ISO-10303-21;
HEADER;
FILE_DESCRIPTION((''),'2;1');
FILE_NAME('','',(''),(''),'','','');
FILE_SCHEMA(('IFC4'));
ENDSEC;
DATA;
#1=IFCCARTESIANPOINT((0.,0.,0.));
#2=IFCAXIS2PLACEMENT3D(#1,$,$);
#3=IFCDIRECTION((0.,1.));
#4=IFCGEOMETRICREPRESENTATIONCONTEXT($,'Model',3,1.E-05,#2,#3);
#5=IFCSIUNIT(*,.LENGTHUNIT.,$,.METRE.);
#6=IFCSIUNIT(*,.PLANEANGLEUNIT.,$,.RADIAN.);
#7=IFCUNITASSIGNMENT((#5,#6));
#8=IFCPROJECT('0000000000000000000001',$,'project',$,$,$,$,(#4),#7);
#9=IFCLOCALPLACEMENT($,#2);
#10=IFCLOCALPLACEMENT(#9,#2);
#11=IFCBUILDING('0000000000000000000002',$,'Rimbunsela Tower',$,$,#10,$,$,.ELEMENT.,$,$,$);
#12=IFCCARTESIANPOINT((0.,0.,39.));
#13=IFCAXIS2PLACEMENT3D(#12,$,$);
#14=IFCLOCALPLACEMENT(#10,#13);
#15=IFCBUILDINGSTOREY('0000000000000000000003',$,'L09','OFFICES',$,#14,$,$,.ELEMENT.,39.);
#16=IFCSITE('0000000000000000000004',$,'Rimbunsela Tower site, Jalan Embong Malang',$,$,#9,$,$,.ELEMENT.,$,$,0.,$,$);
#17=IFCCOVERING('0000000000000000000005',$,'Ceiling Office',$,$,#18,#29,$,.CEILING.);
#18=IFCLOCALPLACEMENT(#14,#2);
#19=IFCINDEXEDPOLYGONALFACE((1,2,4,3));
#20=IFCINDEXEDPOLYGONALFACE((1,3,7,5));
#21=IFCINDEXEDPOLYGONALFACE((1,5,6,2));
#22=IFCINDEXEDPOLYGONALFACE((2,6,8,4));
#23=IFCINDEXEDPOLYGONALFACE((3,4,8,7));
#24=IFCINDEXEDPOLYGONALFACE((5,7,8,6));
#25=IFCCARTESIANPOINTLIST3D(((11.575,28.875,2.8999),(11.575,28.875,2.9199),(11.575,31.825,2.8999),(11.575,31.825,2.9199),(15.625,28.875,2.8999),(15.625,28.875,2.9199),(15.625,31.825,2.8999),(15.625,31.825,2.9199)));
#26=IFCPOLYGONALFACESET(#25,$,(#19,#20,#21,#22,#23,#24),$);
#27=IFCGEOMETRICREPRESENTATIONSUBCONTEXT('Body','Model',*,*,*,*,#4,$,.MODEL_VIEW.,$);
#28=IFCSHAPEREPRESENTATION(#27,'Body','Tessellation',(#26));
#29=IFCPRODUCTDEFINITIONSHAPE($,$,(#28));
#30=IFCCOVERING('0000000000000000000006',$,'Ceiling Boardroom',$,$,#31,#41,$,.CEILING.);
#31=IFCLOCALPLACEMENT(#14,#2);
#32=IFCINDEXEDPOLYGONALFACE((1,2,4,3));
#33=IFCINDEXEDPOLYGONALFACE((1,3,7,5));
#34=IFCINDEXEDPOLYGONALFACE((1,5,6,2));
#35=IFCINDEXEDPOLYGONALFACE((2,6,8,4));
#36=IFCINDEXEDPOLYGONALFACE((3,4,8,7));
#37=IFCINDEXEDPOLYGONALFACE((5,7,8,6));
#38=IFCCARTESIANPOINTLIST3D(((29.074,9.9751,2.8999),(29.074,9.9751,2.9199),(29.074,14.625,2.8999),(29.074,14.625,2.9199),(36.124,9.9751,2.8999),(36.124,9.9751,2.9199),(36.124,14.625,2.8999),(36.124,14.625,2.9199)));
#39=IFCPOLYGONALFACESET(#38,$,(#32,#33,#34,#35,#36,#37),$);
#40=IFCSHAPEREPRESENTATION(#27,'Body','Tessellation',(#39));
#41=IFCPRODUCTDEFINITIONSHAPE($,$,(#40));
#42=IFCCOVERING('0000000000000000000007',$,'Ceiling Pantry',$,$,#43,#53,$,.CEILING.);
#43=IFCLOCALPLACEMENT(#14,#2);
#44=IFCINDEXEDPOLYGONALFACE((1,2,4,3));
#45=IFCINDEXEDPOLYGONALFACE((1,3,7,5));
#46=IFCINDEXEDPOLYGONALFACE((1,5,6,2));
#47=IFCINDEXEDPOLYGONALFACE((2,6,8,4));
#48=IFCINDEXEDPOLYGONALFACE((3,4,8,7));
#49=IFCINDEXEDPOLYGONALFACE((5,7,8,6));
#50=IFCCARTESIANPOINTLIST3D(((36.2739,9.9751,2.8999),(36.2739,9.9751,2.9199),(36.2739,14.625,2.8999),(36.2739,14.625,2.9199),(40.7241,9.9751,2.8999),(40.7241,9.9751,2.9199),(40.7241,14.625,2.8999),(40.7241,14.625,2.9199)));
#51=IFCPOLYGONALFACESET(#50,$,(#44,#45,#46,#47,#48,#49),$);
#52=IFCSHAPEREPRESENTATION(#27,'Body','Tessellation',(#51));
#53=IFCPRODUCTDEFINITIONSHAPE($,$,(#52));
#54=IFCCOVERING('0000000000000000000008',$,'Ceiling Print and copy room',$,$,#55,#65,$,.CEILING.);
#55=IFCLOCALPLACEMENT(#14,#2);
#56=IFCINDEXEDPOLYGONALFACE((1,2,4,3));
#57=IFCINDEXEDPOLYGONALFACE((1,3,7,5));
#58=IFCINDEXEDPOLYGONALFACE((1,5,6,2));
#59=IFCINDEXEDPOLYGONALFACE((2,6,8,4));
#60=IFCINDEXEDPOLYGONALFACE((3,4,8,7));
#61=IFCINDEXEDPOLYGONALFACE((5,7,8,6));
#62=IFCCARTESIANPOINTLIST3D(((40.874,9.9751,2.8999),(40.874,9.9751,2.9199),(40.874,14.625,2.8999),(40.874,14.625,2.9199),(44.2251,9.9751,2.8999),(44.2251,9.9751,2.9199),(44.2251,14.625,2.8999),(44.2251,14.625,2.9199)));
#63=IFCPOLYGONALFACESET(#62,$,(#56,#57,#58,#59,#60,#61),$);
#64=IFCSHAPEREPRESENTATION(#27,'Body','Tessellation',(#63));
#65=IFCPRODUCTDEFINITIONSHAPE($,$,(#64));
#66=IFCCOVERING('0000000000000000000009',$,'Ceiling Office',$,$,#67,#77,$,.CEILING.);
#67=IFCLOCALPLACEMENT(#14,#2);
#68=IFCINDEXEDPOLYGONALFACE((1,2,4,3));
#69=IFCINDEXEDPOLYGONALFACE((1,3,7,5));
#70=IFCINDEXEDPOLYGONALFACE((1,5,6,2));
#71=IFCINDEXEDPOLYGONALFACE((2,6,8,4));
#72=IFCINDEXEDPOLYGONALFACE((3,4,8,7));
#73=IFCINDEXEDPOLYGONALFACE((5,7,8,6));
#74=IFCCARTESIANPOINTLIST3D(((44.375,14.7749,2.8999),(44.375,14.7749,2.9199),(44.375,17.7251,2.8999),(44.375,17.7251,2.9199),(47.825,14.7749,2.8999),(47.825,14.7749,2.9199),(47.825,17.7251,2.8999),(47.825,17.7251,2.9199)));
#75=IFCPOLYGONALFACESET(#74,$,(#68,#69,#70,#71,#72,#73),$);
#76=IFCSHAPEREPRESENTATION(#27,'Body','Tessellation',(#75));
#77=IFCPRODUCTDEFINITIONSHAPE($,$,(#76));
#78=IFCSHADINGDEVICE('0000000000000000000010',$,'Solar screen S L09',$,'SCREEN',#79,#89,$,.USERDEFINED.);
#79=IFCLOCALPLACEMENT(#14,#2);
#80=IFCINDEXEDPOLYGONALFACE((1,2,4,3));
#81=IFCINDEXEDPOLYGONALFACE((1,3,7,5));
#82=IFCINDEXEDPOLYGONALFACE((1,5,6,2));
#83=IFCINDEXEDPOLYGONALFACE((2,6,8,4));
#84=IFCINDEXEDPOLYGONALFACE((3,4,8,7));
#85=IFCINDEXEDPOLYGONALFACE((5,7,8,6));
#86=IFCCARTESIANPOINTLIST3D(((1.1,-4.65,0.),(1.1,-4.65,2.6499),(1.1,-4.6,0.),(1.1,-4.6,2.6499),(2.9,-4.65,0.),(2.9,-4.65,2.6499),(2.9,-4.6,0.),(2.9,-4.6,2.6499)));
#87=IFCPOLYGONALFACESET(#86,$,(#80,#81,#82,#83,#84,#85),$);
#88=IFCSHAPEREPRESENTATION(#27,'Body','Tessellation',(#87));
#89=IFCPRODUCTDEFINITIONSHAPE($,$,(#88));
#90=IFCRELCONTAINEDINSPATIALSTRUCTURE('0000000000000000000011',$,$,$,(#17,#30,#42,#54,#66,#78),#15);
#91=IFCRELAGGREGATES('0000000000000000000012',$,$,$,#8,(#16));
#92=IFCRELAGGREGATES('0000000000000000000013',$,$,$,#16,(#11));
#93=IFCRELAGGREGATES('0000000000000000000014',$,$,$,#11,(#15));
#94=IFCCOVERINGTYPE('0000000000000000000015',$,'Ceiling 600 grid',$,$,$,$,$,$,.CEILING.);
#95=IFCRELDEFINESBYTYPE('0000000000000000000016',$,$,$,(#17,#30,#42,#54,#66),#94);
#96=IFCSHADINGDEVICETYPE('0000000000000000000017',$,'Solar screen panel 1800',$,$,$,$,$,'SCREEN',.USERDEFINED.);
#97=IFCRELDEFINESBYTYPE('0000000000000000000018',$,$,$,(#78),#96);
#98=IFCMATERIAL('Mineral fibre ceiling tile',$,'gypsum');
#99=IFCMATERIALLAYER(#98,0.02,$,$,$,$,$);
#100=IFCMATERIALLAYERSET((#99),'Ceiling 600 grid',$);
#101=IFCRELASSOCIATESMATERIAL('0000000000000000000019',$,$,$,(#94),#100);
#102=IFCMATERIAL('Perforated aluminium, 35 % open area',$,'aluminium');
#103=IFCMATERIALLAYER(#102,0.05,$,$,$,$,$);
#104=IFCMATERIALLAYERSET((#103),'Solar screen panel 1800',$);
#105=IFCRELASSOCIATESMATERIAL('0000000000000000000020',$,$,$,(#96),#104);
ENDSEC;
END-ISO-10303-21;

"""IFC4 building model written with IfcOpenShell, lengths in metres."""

from ifc_helpers import new_model, si_unit, direction, frame, origin, origin_2d, place, context, subcontext, project, spatial, polyline, rectangle, outline, extrude, material, layer, layer_set, type_object, element, save


model = new_model("IFC4")

# Units and contexts
model_context = context("Model", 3, precision=1e-05, world=origin(), true_north=direction((0.0, 1.0)))
body_context = subcontext(model_context, "Body", "Model", "MODEL_VIEW")
ifc_project = project(units=[si_unit("LENGTHUNIT", "METRE"), si_unit("PLANEANGLEUNIT", "RADIAN")], contexts=[model_context])

# Site, building, storey
site_placement = place(None, origin())
site = spatial("IfcSite", under=ifc_project, at=site_placement, Name="Rimbunsela Tower site, Jalan Embong Malang", CompositionType="ELEMENT", RefElevation=0.0)
building_placement = place(site_placement, origin())
building = spatial("IfcBuilding", under=site, at=building_placement, Name="Rimbunsela Tower", CompositionType="ELEMENT")
storey_placement = place(building_placement, frame((0.0, 0.0, 39.0)))
storey = spatial("IfcBuildingStorey", under=building, at=storey_placement, Name="L09", Description="OFFICES", CompositionType="ELEMENT", Elevation=39.0)

# Coverings
ifc_material_1 = material(Name="Mineral fibre ceiling tile", Category="gypsum")
ifc_layer_1 = layer(ifc_material_1, 0.02)
ifc_layer_set_1 = layer_set([ifc_layer_1], Name="Ceiling 600 grid")
covering_type_1 = type_object("IfcCoveringType", Name="Ceiling 600 grid", PredefinedType="CEILING", material=ifc_layer_set_1)
covering_1_placement = place(storey_placement, frame((0.0, 0.0, 2.8999)))
element("IfcCovering", 1, at=covering_1_placement, inside=storey, type_object=covering_type_1, Name="Ceiling Office", PredefinedType="CEILING", context=body_context, shape_type="SweptSolid", body=[
    extrude(outline(polyline([(15.625, 28.875), (15.625, 31.825), (11.575, 31.825), (11.575, 28.875), (15.625, 28.875)])), origin(), (0.0, 0.0, 1.0), 0.02),
])
covering_2_placement = place(storey_placement, frame((0.0, 0.0, 2.8999)))
element("IfcCovering", 2, at=covering_2_placement, inside=storey, type_object=covering_type_1, Name="Ceiling Boardroom", PredefinedType="CEILING", context=body_context, shape_type="SweptSolid", body=[
    extrude(outline(polyline([(36.124, 9.9751), (36.124, 14.625), (29.074, 14.625), (29.074, 9.9751), (36.124, 9.9751)])), origin(), (0.0, 0.0, 1.0), 0.02),
])
covering_3_placement = place(storey_placement, frame((0.0, 0.0, 2.8999)))
element("IfcCovering", 3, at=covering_3_placement, inside=storey, type_object=covering_type_1, Name="Ceiling Pantry", PredefinedType="CEILING", context=body_context, shape_type="SweptSolid", body=[
    extrude(outline(polyline([(40.7241, 9.9751), (40.7241, 14.625), (36.2739, 14.625), (36.2739, 9.9751), (40.7241, 9.9751)])), origin(), (0.0, 0.0, 1.0), 0.02),
])
covering_4_placement = place(storey_placement, frame((0.0, 0.0, 2.8999)))
element("IfcCovering", 4, at=covering_4_placement, inside=storey, type_object=covering_type_1, Name="Ceiling Print and copy room", PredefinedType="CEILING", context=body_context, shape_type="SweptSolid", body=[
    extrude(outline(polyline([(44.2251, 9.9751), (44.2251, 14.625), (40.874, 14.625), (40.874, 9.9751), (44.2251, 9.9751)])), origin(), (0.0, 0.0, 1.0), 0.02),
])
covering_5_placement = place(storey_placement, frame((0.0, 0.0, 2.8999)))
element("IfcCovering", 5, at=covering_5_placement, inside=storey, type_object=covering_type_1, Name="Ceiling Office", PredefinedType="CEILING", context=body_context, shape_type="SweptSolid", body=[
    extrude(outline(polyline([(47.825, 14.7749), (47.825, 17.7251), (44.375, 17.7251), (44.375, 14.7749), (47.825, 14.7749)])), origin(), (0.0, 0.0, 1.0), 0.02),
])

# Shading device
ifc_material_2 = material(Name="Perforated aluminium, 35 % open area", Category="aluminium")
ifc_layer_2 = layer(ifc_material_2, 0.05)
ifc_layer_set_2 = layer_set([ifc_layer_2], Name="Solar screen panel 1800")
shading_device_type = type_object("IfcShadingDeviceType", Name="Solar screen panel 1800", ElementType="SCREEN", PredefinedType="USERDEFINED", material=ifc_layer_set_2)
shading_device_placement = place(storey_placement, frame((2.0, -4.625, 0.0), z_axis=(0.0, 0.0, 1.0), x_axis=(1.0, 0.0, 0.0)))
element("IfcShadingDevice", 6, at=shading_device_placement, inside=storey, type_object=shading_device_type, Name="Solar screen S L09", ObjectType="SCREEN", PredefinedType="USERDEFINED", context=body_context, shape_type="SweptSolid", body=[
    extrude(rectangle(XDim=1.8, YDim=0.05, at=origin_2d()), origin(), (0.0, 0.0, 1.0), 2.6499),
])

save(model, "model.ifc")
